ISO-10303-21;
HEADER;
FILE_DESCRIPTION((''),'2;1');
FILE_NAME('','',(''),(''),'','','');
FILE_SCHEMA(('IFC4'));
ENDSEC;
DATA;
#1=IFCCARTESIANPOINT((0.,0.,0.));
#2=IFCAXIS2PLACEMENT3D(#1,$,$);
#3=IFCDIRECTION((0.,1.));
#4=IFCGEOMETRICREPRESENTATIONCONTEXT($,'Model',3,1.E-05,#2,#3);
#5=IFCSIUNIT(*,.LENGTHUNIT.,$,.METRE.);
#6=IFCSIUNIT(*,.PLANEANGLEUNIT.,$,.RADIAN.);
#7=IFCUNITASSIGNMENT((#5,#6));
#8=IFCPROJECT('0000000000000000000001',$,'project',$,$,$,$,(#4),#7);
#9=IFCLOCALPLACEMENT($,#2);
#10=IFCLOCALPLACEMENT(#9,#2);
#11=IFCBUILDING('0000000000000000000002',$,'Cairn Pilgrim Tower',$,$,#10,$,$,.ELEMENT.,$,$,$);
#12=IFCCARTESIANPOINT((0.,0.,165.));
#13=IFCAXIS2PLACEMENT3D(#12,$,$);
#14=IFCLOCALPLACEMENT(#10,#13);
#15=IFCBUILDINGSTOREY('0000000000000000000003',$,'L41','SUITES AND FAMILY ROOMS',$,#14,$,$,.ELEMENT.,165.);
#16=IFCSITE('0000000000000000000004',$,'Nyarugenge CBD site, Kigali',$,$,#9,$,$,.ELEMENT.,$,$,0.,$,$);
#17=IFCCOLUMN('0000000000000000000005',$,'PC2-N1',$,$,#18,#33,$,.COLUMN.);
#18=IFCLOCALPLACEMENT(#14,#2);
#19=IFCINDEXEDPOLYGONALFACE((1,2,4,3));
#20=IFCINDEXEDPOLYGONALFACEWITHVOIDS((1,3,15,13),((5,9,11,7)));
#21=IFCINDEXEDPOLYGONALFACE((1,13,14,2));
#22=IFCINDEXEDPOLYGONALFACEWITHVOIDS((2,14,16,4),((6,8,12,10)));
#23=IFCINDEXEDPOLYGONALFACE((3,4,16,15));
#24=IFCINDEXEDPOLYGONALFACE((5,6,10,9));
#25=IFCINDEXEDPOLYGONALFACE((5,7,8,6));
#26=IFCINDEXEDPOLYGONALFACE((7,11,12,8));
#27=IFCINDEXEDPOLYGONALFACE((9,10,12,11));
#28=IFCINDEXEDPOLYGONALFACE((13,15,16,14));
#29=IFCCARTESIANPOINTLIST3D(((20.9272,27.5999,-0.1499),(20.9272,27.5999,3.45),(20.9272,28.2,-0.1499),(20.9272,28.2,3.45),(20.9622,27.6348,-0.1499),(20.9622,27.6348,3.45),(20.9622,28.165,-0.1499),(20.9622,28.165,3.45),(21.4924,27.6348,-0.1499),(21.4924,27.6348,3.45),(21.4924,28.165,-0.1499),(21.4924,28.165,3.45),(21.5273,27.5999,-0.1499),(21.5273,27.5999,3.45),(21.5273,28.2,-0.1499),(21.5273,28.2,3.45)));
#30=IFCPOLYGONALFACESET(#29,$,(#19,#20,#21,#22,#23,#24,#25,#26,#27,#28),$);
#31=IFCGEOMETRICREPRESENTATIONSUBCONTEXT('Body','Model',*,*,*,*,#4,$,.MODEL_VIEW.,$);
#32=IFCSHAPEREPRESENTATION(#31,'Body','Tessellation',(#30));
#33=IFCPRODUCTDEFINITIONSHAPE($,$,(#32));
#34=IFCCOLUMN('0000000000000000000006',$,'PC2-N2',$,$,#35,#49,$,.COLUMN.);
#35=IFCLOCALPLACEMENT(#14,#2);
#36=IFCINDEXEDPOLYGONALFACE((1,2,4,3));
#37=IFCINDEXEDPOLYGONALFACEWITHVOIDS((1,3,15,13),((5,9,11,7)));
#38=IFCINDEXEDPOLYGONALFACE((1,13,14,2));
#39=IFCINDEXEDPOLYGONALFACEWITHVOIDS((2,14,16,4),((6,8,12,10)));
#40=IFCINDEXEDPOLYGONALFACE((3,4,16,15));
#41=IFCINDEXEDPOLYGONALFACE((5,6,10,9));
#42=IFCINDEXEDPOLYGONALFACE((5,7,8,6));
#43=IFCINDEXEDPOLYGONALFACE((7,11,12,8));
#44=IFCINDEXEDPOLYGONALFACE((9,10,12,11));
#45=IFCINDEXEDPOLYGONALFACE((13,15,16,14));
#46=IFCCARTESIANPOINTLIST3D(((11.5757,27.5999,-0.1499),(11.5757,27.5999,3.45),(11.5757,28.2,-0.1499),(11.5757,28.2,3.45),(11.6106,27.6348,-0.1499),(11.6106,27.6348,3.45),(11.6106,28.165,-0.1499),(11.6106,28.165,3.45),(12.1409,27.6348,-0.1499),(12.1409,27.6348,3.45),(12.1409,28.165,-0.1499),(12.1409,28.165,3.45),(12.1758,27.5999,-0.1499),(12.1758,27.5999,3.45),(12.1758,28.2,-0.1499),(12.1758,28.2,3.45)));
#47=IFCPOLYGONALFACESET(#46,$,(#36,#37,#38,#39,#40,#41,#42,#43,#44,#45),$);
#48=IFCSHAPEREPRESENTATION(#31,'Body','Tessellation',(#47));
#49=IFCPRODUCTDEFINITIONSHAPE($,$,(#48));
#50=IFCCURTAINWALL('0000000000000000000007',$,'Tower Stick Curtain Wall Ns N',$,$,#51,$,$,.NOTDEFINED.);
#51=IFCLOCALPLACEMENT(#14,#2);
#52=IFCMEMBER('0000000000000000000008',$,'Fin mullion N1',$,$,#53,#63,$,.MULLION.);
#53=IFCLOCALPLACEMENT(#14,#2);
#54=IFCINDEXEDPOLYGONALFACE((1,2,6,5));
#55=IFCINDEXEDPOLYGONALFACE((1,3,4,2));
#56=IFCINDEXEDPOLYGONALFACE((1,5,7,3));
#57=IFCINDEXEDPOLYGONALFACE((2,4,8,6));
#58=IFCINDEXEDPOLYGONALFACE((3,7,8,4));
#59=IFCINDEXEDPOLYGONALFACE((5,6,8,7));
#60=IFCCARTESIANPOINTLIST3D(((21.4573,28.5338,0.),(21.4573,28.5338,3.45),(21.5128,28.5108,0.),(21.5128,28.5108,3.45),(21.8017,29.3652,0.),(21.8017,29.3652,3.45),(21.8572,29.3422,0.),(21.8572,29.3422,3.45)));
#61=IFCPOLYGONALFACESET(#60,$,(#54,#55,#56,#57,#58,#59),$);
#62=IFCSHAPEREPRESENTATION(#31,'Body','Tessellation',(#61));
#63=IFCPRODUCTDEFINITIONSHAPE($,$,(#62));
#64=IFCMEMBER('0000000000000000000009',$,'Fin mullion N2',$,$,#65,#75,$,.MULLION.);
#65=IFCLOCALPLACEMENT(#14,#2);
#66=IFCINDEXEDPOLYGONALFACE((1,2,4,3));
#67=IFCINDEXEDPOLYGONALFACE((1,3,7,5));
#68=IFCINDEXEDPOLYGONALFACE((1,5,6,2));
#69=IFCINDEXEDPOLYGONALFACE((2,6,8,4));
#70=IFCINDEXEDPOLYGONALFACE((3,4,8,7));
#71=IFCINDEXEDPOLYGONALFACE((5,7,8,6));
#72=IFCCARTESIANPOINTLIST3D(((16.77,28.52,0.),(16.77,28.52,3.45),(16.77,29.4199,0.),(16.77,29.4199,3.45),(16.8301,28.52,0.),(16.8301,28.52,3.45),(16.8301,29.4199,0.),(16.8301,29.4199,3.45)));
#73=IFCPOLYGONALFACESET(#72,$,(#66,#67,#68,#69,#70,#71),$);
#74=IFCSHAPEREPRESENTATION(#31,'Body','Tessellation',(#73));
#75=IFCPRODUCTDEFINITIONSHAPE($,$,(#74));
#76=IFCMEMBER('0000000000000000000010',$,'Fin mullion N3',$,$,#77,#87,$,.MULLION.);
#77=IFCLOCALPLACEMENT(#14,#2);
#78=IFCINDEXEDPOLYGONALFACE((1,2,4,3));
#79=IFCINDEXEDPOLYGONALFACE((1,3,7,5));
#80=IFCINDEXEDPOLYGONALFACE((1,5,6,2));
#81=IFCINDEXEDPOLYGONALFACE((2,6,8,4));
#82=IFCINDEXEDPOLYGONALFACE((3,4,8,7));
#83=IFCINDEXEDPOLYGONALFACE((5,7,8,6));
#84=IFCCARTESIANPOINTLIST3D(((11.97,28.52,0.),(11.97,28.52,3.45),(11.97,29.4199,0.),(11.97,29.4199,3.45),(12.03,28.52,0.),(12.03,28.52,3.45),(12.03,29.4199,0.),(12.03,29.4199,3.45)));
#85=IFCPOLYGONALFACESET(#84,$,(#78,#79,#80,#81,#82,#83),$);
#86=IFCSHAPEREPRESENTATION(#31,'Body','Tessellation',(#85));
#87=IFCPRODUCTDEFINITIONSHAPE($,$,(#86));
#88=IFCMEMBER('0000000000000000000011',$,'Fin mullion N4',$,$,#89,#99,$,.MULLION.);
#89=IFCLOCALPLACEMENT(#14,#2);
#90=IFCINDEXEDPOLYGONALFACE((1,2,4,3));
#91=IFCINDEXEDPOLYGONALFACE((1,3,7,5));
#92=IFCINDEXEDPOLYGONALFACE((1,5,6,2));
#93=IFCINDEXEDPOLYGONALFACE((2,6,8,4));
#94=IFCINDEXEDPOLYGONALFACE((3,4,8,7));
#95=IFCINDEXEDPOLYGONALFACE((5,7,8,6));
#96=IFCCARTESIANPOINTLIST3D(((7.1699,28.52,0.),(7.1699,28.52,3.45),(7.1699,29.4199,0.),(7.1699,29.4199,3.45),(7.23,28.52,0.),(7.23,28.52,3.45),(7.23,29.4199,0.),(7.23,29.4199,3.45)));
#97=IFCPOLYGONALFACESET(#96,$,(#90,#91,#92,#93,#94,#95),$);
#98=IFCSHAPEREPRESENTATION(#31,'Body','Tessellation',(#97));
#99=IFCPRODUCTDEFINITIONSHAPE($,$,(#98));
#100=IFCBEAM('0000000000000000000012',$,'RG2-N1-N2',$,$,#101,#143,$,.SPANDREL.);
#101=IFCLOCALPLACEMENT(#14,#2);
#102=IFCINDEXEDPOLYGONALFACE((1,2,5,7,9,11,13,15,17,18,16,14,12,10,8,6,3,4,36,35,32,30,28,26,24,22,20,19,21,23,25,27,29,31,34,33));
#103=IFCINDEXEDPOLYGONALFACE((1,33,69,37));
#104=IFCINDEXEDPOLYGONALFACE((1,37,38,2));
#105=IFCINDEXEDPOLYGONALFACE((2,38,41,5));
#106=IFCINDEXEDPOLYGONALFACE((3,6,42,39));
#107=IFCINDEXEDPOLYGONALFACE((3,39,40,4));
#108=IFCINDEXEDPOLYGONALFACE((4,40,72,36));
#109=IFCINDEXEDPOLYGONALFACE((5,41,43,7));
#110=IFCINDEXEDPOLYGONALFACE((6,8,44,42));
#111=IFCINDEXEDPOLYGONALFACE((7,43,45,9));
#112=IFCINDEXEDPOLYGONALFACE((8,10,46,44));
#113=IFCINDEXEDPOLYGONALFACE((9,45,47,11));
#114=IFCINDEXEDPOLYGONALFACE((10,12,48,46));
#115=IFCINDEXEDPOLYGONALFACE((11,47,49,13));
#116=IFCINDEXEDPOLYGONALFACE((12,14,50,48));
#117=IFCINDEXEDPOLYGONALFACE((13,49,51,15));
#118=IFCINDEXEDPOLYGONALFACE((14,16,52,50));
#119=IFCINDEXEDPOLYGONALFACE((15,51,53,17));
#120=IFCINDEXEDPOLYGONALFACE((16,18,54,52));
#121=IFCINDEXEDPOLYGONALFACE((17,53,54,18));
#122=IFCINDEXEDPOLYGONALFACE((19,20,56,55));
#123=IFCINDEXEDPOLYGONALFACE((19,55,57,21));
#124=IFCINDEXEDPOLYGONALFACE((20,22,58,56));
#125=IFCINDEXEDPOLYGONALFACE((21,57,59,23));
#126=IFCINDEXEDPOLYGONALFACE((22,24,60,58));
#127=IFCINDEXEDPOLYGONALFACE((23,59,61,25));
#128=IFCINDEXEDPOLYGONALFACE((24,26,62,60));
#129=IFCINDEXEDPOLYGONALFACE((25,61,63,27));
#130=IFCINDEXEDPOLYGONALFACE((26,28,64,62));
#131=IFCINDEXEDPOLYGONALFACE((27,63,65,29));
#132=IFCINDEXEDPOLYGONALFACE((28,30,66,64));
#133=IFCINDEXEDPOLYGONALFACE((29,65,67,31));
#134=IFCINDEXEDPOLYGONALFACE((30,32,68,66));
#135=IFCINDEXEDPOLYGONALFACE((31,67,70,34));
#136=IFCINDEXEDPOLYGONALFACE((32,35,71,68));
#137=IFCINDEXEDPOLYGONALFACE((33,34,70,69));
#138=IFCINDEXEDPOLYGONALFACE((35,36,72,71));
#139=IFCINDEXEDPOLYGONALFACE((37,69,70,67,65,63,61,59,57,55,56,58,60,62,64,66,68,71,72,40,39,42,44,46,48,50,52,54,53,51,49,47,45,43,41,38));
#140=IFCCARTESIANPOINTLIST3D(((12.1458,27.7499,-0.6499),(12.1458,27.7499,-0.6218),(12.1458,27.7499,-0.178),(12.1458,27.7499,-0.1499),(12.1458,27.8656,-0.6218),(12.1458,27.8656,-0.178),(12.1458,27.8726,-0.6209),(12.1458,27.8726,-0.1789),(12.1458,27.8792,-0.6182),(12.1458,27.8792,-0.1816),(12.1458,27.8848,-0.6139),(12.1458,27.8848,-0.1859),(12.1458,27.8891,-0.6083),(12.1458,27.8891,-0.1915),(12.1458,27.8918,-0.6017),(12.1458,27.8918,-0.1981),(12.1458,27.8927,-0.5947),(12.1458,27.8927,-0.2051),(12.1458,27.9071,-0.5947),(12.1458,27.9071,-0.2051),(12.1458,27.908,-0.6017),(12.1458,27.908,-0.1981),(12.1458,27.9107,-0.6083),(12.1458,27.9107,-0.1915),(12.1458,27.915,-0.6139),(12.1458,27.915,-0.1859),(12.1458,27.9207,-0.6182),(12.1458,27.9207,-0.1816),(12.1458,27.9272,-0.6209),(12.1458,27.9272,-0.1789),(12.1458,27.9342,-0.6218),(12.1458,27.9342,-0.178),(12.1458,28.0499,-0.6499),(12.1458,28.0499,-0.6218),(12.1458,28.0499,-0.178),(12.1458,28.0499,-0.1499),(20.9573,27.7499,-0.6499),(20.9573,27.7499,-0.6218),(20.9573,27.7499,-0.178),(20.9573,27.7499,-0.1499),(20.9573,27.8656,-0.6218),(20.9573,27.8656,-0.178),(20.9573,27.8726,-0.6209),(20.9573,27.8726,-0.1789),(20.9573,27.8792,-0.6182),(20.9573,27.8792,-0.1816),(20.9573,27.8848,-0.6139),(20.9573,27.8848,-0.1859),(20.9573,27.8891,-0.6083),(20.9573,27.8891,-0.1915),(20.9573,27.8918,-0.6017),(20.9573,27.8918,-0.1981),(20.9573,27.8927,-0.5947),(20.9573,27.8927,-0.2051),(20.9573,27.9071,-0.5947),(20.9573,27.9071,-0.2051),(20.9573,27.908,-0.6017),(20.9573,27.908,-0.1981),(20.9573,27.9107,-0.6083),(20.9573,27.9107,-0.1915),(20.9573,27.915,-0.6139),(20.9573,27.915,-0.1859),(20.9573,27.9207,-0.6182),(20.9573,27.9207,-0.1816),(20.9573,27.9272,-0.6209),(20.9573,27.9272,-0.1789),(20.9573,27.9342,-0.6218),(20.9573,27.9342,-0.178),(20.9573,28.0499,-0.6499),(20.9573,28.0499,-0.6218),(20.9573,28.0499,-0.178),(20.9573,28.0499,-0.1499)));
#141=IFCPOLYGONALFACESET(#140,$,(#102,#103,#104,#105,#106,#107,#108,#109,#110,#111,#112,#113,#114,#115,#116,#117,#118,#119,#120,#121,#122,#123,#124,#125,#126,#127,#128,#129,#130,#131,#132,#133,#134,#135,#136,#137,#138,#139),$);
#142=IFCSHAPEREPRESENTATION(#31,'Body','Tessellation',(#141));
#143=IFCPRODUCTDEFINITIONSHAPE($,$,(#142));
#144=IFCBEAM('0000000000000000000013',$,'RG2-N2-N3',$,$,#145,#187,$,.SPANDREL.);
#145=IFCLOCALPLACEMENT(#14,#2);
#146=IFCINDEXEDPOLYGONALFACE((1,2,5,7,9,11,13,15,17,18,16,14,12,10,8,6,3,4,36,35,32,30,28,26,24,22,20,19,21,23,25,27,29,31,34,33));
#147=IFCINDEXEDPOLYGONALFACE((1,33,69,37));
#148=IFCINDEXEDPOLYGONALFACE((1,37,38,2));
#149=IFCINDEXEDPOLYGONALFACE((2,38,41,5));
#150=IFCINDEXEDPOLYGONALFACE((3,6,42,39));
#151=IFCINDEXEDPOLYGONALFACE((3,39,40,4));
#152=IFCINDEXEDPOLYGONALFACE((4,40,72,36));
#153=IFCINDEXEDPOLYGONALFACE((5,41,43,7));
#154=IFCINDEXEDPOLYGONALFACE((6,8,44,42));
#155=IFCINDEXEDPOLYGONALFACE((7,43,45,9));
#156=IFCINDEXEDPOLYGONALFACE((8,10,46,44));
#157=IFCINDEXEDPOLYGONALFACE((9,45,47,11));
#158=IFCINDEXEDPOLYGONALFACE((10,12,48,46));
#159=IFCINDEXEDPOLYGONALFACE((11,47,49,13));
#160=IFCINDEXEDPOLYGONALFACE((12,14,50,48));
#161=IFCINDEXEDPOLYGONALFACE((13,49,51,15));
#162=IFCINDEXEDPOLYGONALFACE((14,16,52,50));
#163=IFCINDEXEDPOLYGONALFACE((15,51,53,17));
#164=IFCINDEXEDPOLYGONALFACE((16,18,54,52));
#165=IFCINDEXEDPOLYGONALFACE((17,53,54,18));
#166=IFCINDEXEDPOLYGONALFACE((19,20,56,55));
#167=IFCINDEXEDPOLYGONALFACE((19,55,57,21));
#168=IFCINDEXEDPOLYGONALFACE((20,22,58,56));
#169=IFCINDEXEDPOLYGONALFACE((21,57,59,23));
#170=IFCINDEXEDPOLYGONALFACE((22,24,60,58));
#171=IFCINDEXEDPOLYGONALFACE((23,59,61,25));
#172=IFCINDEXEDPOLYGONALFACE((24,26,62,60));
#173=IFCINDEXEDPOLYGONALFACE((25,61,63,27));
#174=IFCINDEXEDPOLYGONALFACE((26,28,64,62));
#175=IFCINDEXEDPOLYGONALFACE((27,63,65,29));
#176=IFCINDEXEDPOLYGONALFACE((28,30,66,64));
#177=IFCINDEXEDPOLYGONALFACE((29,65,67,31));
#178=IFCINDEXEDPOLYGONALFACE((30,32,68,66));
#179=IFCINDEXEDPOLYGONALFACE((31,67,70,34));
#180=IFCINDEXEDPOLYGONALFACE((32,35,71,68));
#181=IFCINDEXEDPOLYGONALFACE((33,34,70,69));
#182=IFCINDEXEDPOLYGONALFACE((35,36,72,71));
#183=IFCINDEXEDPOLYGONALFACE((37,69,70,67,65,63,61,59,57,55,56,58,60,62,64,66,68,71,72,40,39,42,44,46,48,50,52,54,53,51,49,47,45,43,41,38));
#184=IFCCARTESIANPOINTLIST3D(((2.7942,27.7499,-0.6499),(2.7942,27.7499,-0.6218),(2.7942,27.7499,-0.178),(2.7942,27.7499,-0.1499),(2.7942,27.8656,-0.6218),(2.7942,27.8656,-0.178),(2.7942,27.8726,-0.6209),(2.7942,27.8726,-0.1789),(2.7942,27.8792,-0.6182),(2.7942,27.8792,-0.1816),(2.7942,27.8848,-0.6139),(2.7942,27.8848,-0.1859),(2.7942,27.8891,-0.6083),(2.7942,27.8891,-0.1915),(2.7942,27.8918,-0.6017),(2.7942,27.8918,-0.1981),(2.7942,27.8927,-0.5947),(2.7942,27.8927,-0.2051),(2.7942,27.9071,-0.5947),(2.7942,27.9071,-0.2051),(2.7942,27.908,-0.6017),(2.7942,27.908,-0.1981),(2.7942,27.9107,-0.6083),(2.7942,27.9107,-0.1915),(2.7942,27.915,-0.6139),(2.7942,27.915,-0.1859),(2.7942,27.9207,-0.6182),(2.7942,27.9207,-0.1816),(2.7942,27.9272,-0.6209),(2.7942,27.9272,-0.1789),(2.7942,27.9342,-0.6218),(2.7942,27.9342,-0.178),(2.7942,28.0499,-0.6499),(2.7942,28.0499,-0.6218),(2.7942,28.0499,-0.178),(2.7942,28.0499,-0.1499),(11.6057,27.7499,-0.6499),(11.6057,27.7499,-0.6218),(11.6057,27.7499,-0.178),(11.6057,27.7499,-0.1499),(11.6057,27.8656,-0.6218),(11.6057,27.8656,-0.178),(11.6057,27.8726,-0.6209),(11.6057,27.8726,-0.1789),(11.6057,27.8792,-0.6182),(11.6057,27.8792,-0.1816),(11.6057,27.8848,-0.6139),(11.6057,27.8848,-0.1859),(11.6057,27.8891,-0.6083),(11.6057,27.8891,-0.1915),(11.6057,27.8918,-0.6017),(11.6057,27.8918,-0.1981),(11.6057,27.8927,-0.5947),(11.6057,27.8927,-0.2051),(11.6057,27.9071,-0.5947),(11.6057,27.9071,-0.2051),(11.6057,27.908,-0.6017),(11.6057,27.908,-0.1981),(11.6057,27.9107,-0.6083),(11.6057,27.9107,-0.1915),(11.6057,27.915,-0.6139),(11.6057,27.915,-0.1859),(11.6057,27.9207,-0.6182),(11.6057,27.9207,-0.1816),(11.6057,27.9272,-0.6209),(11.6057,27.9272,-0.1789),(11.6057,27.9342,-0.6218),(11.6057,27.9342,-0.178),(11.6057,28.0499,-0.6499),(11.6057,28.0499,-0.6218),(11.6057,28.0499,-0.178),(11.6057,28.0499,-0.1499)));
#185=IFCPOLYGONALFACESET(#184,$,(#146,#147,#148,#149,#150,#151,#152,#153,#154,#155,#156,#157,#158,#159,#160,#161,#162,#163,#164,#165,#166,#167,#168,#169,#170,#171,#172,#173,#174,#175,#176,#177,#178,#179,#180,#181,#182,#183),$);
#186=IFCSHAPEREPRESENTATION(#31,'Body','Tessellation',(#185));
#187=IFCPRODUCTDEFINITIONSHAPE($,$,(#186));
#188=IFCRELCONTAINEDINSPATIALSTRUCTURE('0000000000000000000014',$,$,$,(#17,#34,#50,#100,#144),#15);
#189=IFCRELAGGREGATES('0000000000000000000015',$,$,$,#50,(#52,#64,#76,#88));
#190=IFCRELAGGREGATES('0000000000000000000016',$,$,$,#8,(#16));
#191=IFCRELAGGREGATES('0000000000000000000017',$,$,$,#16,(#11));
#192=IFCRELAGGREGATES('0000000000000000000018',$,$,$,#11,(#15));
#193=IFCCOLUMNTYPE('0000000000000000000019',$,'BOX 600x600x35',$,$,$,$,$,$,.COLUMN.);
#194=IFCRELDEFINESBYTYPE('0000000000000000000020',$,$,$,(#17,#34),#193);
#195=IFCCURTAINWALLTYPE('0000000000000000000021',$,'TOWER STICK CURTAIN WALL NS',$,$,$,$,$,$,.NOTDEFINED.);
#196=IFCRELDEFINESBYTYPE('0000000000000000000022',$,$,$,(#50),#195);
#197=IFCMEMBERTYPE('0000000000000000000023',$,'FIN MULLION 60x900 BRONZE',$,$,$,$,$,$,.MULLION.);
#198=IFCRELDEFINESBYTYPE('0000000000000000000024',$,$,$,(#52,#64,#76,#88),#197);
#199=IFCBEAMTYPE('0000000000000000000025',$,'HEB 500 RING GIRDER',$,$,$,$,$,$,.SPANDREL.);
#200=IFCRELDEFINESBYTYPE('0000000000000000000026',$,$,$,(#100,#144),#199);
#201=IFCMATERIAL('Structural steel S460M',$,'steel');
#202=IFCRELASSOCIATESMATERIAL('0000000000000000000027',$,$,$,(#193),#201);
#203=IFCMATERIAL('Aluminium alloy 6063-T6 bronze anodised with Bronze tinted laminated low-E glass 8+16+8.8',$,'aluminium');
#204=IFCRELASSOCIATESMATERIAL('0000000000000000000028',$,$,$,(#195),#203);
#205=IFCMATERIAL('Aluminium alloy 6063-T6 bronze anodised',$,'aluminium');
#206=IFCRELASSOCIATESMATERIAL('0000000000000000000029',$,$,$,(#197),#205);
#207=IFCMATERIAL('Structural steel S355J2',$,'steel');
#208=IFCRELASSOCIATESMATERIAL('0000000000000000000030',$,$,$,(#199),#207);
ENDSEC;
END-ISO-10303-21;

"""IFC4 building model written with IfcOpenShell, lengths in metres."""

from ifc_helpers import new_model, si_unit, direction, frame, origin, origin_2d, place, context, subcontext, project, spatial, rectangle, hollow_rectangle, i_section, extrude, material, material_profile, profile_set, type_object, element, aggregate, save


model = new_model("IFC4")

# Units and contexts
model_context = context("Model", 3, precision=1e-05, world=origin(), true_north=direction((0.0, 1.0)))
body_context = subcontext(model_context, "Body", "Model", "MODEL_VIEW")
ifc_project = project(units=[si_unit("LENGTHUNIT", "METRE"), si_unit("PLANEANGLEUNIT", "RADIAN")], contexts=[model_context])

# Site, building, storey
site_placement = place(None, origin())
site = spatial("IfcSite", under=ifc_project, at=site_placement, Name="Nyarugenge CBD site, Kigali", CompositionType="ELEMENT", RefElevation=0.0)
building_placement = place(site_placement, origin())
building = spatial("IfcBuilding", under=site, at=building_placement, Name="Cairn Pilgrim Tower", CompositionType="ELEMENT")
storey_placement = place(building_placement, frame((0.0, 0.0, 165.0)))
storey = spatial("IfcBuildingStorey", under=building, at=storey_placement, Name="L41", Description="SUITES AND FAMILY ROOMS", CompositionType="ELEMENT", Elevation=165.0)

# Columns
ifc_material_1 = material(Name="Structural steel S460M", Category="steel")
ifc_material_profile_1 = material_profile(ifc_material_1, hollow_rectangle(XDim=0.6001, YDim=0.6001, WallThickness=0.0349, at=origin_2d()), Name="BOX 600x600x35")
ifc_profile_set_1 = profile_set([ifc_material_profile_1], Name="Structural steel S460M")
column_type = type_object("IfcColumnType", Name="BOX 600x600x35", PredefinedType="COLUMN", material=ifc_profile_set_1)
for number, where, z_axis, x_axis, name in (
    (1, (21.2273, 27.8999, -0.1499), (0.0, 0.0, 1.0), (1.0, 0.0, 0.0), "PC2-N1"),
    (2, (11.8757, 27.8999, -0.1499), (0.0, 0.0, 1.0), (1.0, 0.0, 0.0), "PC2-N2"),
):
    element("IfcColumn", number, at=place(storey_placement, frame(where, z_axis=z_axis, x_axis=x_axis)), inside=storey, type_object=column_type, Name=name, PredefinedType="COLUMN", context=body_context, shape_type="SweptSolid", body=[
        extrude(hollow_rectangle(XDim=0.6001, YDim=0.6001, WallThickness=0.0349, at=origin_2d()), origin(), (0.0, 0.0, 1.0), 3.5999),
    ])

# Curtain wall, members
ifc_material_2 = material(Name="Aluminium alloy 6063-T6 bronze anodised with Bronze tinted laminated low-E glass 8+16+8.8", Category="aluminium")
curtain_wall_type = type_object("IfcCurtainWallType", Name="TOWER STICK CURTAIN WALL NS", PredefinedType="NOTDEFINED", material=ifc_material_2)
curtain_wall_placement = place(storey_placement, origin())
curtain_wall = element("IfcCurtainWall", 3, at=curtain_wall_placement, inside=storey, type_object=curtain_wall_type, Name="Tower Stick Curtain Wall Ns N", PredefinedType="NOTDEFINED")
ifc_material_3 = material(Name="Aluminium alloy 6063-T6 bronze anodised", Category="aluminium")
ifc_material_profile_2 = material_profile(ifc_material_3, rectangle(XDim=0.8999, YDim=0.0601, at=origin_2d()), Name="FIN MULLION 60x900 BRONZE")
ifc_profile_set_2 = profile_set([ifc_material_profile_2], Name="Aluminium alloy 6063-T6 bronze anodised")
member_type_1 = type_object("IfcMemberType", Name="FIN MULLION 60x900 BRONZE", PredefinedType="MULLION", material=ifc_profile_set_2)
member_1_placement = place(storey_placement, frame((21.6572, 28.938, 0.0), z_axis=(0.0, 0.0, 1.0), x_axis=(0.382683, 0.92388, 0.0)))
member_1 = element("IfcMember", 4, at=member_1_placement, type_object=member_type_1, Name="Fin mullion N1", PredefinedType="MULLION", context=body_context, shape_type="SweptSolid", body=[
    extrude(rectangle(XDim=0.8999, YDim=0.0601, at=origin_2d()), origin(), (0.0, 0.0, 1.0), 3.45),
])
member_2_placement = place(storey_placement, frame((16.8, 28.97, 0.0), z_axis=(0.0, 0.0, 1.0), x_axis=(0.0, 1.0, 0.0)))
member_2 = element("IfcMember", 5, at=member_2_placement, type_object=member_type_1, Name="Fin mullion N2", PredefinedType="MULLION", context=body_context, shape_type="SweptSolid", body=[
    extrude(rectangle(XDim=0.8999, YDim=0.0601, at=origin_2d()), origin(), (0.0, 0.0, 1.0), 3.45),
])
member_3_placement = place(storey_placement, frame((12.0, 28.97, 0.0), z_axis=(0.0, 0.0, 1.0), x_axis=(0.0, 1.0, 0.0)))
member_3 = element("IfcMember", 6, at=member_3_placement, type_object=member_type_1, Name="Fin mullion N3", PredefinedType="MULLION", context=body_context, shape_type="SweptSolid", body=[
    extrude(rectangle(XDim=0.8999, YDim=0.0601, at=origin_2d()), origin(), (0.0, 0.0, 1.0), 3.45),
])
member_4_placement = place(storey_placement, frame((7.2, 28.97, 0.0), z_axis=(0.0, 0.0, 1.0), x_axis=(0.0, 1.0, 0.0)))
member_4 = element("IfcMember", 7, at=member_4_placement, type_object=member_type_1, Name="Fin mullion N4", PredefinedType="MULLION", context=body_context, shape_type="SweptSolid", body=[
    extrude(rectangle(XDim=0.8999, YDim=0.0601, at=origin_2d()), origin(), (0.0, 0.0, 1.0), 3.45),
])

# Beams
ifc_material_4 = material(Name="Structural steel S355J2", Category="steel")
ifc_material_profile_3 = material_profile(ifc_material_4, i_section(OverallWidth=0.3, OverallDepth=0.5, WebThickness=0.0144, FlangeThickness=0.0281, FilletRadius=0.0271, at=origin_2d()), Name="HEB 500")
ifc_profile_set_3 = profile_set([ifc_material_profile_3], Name="Structural steel S355J2")
beam_type_1 = type_object("IfcBeamType", Name="HEB 500 RING GIRDER", PredefinedType="SPANDREL", material=ifc_profile_set_3)
for number, where, z_axis, x_axis, name in (
    (8, (20.9573, 27.8999, -0.3999), (-1.0, 0.0, 0.0), (0.0, -1.0, 0.0), "RG2-N1-N2"),
    (9, (11.6057, 27.8999, -0.3999), (-1.0, 0.0, 0.0), (0.0, -1.0, 0.0), "RG2-N2-N3"),
):
    element("IfcBeam", number, at=place(storey_placement, frame(where, z_axis=z_axis, x_axis=x_axis)), inside=storey, type_object=beam_type_1, Name=name, PredefinedType="SPANDREL", context=body_context, shape_type="SweptSolid", body=[
        extrude(i_section(OverallWidth=0.3, OverallDepth=0.5, WebThickness=0.0144, FlangeThickness=0.0281, FilletRadius=0.0271, at=origin_2d()), origin(), (0.0, 0.0, 1.0), 8.8115),
    ])

aggregate(curtain_wall, [member_1, member_2, member_3, member_4])

save(model, "model.ifc")
